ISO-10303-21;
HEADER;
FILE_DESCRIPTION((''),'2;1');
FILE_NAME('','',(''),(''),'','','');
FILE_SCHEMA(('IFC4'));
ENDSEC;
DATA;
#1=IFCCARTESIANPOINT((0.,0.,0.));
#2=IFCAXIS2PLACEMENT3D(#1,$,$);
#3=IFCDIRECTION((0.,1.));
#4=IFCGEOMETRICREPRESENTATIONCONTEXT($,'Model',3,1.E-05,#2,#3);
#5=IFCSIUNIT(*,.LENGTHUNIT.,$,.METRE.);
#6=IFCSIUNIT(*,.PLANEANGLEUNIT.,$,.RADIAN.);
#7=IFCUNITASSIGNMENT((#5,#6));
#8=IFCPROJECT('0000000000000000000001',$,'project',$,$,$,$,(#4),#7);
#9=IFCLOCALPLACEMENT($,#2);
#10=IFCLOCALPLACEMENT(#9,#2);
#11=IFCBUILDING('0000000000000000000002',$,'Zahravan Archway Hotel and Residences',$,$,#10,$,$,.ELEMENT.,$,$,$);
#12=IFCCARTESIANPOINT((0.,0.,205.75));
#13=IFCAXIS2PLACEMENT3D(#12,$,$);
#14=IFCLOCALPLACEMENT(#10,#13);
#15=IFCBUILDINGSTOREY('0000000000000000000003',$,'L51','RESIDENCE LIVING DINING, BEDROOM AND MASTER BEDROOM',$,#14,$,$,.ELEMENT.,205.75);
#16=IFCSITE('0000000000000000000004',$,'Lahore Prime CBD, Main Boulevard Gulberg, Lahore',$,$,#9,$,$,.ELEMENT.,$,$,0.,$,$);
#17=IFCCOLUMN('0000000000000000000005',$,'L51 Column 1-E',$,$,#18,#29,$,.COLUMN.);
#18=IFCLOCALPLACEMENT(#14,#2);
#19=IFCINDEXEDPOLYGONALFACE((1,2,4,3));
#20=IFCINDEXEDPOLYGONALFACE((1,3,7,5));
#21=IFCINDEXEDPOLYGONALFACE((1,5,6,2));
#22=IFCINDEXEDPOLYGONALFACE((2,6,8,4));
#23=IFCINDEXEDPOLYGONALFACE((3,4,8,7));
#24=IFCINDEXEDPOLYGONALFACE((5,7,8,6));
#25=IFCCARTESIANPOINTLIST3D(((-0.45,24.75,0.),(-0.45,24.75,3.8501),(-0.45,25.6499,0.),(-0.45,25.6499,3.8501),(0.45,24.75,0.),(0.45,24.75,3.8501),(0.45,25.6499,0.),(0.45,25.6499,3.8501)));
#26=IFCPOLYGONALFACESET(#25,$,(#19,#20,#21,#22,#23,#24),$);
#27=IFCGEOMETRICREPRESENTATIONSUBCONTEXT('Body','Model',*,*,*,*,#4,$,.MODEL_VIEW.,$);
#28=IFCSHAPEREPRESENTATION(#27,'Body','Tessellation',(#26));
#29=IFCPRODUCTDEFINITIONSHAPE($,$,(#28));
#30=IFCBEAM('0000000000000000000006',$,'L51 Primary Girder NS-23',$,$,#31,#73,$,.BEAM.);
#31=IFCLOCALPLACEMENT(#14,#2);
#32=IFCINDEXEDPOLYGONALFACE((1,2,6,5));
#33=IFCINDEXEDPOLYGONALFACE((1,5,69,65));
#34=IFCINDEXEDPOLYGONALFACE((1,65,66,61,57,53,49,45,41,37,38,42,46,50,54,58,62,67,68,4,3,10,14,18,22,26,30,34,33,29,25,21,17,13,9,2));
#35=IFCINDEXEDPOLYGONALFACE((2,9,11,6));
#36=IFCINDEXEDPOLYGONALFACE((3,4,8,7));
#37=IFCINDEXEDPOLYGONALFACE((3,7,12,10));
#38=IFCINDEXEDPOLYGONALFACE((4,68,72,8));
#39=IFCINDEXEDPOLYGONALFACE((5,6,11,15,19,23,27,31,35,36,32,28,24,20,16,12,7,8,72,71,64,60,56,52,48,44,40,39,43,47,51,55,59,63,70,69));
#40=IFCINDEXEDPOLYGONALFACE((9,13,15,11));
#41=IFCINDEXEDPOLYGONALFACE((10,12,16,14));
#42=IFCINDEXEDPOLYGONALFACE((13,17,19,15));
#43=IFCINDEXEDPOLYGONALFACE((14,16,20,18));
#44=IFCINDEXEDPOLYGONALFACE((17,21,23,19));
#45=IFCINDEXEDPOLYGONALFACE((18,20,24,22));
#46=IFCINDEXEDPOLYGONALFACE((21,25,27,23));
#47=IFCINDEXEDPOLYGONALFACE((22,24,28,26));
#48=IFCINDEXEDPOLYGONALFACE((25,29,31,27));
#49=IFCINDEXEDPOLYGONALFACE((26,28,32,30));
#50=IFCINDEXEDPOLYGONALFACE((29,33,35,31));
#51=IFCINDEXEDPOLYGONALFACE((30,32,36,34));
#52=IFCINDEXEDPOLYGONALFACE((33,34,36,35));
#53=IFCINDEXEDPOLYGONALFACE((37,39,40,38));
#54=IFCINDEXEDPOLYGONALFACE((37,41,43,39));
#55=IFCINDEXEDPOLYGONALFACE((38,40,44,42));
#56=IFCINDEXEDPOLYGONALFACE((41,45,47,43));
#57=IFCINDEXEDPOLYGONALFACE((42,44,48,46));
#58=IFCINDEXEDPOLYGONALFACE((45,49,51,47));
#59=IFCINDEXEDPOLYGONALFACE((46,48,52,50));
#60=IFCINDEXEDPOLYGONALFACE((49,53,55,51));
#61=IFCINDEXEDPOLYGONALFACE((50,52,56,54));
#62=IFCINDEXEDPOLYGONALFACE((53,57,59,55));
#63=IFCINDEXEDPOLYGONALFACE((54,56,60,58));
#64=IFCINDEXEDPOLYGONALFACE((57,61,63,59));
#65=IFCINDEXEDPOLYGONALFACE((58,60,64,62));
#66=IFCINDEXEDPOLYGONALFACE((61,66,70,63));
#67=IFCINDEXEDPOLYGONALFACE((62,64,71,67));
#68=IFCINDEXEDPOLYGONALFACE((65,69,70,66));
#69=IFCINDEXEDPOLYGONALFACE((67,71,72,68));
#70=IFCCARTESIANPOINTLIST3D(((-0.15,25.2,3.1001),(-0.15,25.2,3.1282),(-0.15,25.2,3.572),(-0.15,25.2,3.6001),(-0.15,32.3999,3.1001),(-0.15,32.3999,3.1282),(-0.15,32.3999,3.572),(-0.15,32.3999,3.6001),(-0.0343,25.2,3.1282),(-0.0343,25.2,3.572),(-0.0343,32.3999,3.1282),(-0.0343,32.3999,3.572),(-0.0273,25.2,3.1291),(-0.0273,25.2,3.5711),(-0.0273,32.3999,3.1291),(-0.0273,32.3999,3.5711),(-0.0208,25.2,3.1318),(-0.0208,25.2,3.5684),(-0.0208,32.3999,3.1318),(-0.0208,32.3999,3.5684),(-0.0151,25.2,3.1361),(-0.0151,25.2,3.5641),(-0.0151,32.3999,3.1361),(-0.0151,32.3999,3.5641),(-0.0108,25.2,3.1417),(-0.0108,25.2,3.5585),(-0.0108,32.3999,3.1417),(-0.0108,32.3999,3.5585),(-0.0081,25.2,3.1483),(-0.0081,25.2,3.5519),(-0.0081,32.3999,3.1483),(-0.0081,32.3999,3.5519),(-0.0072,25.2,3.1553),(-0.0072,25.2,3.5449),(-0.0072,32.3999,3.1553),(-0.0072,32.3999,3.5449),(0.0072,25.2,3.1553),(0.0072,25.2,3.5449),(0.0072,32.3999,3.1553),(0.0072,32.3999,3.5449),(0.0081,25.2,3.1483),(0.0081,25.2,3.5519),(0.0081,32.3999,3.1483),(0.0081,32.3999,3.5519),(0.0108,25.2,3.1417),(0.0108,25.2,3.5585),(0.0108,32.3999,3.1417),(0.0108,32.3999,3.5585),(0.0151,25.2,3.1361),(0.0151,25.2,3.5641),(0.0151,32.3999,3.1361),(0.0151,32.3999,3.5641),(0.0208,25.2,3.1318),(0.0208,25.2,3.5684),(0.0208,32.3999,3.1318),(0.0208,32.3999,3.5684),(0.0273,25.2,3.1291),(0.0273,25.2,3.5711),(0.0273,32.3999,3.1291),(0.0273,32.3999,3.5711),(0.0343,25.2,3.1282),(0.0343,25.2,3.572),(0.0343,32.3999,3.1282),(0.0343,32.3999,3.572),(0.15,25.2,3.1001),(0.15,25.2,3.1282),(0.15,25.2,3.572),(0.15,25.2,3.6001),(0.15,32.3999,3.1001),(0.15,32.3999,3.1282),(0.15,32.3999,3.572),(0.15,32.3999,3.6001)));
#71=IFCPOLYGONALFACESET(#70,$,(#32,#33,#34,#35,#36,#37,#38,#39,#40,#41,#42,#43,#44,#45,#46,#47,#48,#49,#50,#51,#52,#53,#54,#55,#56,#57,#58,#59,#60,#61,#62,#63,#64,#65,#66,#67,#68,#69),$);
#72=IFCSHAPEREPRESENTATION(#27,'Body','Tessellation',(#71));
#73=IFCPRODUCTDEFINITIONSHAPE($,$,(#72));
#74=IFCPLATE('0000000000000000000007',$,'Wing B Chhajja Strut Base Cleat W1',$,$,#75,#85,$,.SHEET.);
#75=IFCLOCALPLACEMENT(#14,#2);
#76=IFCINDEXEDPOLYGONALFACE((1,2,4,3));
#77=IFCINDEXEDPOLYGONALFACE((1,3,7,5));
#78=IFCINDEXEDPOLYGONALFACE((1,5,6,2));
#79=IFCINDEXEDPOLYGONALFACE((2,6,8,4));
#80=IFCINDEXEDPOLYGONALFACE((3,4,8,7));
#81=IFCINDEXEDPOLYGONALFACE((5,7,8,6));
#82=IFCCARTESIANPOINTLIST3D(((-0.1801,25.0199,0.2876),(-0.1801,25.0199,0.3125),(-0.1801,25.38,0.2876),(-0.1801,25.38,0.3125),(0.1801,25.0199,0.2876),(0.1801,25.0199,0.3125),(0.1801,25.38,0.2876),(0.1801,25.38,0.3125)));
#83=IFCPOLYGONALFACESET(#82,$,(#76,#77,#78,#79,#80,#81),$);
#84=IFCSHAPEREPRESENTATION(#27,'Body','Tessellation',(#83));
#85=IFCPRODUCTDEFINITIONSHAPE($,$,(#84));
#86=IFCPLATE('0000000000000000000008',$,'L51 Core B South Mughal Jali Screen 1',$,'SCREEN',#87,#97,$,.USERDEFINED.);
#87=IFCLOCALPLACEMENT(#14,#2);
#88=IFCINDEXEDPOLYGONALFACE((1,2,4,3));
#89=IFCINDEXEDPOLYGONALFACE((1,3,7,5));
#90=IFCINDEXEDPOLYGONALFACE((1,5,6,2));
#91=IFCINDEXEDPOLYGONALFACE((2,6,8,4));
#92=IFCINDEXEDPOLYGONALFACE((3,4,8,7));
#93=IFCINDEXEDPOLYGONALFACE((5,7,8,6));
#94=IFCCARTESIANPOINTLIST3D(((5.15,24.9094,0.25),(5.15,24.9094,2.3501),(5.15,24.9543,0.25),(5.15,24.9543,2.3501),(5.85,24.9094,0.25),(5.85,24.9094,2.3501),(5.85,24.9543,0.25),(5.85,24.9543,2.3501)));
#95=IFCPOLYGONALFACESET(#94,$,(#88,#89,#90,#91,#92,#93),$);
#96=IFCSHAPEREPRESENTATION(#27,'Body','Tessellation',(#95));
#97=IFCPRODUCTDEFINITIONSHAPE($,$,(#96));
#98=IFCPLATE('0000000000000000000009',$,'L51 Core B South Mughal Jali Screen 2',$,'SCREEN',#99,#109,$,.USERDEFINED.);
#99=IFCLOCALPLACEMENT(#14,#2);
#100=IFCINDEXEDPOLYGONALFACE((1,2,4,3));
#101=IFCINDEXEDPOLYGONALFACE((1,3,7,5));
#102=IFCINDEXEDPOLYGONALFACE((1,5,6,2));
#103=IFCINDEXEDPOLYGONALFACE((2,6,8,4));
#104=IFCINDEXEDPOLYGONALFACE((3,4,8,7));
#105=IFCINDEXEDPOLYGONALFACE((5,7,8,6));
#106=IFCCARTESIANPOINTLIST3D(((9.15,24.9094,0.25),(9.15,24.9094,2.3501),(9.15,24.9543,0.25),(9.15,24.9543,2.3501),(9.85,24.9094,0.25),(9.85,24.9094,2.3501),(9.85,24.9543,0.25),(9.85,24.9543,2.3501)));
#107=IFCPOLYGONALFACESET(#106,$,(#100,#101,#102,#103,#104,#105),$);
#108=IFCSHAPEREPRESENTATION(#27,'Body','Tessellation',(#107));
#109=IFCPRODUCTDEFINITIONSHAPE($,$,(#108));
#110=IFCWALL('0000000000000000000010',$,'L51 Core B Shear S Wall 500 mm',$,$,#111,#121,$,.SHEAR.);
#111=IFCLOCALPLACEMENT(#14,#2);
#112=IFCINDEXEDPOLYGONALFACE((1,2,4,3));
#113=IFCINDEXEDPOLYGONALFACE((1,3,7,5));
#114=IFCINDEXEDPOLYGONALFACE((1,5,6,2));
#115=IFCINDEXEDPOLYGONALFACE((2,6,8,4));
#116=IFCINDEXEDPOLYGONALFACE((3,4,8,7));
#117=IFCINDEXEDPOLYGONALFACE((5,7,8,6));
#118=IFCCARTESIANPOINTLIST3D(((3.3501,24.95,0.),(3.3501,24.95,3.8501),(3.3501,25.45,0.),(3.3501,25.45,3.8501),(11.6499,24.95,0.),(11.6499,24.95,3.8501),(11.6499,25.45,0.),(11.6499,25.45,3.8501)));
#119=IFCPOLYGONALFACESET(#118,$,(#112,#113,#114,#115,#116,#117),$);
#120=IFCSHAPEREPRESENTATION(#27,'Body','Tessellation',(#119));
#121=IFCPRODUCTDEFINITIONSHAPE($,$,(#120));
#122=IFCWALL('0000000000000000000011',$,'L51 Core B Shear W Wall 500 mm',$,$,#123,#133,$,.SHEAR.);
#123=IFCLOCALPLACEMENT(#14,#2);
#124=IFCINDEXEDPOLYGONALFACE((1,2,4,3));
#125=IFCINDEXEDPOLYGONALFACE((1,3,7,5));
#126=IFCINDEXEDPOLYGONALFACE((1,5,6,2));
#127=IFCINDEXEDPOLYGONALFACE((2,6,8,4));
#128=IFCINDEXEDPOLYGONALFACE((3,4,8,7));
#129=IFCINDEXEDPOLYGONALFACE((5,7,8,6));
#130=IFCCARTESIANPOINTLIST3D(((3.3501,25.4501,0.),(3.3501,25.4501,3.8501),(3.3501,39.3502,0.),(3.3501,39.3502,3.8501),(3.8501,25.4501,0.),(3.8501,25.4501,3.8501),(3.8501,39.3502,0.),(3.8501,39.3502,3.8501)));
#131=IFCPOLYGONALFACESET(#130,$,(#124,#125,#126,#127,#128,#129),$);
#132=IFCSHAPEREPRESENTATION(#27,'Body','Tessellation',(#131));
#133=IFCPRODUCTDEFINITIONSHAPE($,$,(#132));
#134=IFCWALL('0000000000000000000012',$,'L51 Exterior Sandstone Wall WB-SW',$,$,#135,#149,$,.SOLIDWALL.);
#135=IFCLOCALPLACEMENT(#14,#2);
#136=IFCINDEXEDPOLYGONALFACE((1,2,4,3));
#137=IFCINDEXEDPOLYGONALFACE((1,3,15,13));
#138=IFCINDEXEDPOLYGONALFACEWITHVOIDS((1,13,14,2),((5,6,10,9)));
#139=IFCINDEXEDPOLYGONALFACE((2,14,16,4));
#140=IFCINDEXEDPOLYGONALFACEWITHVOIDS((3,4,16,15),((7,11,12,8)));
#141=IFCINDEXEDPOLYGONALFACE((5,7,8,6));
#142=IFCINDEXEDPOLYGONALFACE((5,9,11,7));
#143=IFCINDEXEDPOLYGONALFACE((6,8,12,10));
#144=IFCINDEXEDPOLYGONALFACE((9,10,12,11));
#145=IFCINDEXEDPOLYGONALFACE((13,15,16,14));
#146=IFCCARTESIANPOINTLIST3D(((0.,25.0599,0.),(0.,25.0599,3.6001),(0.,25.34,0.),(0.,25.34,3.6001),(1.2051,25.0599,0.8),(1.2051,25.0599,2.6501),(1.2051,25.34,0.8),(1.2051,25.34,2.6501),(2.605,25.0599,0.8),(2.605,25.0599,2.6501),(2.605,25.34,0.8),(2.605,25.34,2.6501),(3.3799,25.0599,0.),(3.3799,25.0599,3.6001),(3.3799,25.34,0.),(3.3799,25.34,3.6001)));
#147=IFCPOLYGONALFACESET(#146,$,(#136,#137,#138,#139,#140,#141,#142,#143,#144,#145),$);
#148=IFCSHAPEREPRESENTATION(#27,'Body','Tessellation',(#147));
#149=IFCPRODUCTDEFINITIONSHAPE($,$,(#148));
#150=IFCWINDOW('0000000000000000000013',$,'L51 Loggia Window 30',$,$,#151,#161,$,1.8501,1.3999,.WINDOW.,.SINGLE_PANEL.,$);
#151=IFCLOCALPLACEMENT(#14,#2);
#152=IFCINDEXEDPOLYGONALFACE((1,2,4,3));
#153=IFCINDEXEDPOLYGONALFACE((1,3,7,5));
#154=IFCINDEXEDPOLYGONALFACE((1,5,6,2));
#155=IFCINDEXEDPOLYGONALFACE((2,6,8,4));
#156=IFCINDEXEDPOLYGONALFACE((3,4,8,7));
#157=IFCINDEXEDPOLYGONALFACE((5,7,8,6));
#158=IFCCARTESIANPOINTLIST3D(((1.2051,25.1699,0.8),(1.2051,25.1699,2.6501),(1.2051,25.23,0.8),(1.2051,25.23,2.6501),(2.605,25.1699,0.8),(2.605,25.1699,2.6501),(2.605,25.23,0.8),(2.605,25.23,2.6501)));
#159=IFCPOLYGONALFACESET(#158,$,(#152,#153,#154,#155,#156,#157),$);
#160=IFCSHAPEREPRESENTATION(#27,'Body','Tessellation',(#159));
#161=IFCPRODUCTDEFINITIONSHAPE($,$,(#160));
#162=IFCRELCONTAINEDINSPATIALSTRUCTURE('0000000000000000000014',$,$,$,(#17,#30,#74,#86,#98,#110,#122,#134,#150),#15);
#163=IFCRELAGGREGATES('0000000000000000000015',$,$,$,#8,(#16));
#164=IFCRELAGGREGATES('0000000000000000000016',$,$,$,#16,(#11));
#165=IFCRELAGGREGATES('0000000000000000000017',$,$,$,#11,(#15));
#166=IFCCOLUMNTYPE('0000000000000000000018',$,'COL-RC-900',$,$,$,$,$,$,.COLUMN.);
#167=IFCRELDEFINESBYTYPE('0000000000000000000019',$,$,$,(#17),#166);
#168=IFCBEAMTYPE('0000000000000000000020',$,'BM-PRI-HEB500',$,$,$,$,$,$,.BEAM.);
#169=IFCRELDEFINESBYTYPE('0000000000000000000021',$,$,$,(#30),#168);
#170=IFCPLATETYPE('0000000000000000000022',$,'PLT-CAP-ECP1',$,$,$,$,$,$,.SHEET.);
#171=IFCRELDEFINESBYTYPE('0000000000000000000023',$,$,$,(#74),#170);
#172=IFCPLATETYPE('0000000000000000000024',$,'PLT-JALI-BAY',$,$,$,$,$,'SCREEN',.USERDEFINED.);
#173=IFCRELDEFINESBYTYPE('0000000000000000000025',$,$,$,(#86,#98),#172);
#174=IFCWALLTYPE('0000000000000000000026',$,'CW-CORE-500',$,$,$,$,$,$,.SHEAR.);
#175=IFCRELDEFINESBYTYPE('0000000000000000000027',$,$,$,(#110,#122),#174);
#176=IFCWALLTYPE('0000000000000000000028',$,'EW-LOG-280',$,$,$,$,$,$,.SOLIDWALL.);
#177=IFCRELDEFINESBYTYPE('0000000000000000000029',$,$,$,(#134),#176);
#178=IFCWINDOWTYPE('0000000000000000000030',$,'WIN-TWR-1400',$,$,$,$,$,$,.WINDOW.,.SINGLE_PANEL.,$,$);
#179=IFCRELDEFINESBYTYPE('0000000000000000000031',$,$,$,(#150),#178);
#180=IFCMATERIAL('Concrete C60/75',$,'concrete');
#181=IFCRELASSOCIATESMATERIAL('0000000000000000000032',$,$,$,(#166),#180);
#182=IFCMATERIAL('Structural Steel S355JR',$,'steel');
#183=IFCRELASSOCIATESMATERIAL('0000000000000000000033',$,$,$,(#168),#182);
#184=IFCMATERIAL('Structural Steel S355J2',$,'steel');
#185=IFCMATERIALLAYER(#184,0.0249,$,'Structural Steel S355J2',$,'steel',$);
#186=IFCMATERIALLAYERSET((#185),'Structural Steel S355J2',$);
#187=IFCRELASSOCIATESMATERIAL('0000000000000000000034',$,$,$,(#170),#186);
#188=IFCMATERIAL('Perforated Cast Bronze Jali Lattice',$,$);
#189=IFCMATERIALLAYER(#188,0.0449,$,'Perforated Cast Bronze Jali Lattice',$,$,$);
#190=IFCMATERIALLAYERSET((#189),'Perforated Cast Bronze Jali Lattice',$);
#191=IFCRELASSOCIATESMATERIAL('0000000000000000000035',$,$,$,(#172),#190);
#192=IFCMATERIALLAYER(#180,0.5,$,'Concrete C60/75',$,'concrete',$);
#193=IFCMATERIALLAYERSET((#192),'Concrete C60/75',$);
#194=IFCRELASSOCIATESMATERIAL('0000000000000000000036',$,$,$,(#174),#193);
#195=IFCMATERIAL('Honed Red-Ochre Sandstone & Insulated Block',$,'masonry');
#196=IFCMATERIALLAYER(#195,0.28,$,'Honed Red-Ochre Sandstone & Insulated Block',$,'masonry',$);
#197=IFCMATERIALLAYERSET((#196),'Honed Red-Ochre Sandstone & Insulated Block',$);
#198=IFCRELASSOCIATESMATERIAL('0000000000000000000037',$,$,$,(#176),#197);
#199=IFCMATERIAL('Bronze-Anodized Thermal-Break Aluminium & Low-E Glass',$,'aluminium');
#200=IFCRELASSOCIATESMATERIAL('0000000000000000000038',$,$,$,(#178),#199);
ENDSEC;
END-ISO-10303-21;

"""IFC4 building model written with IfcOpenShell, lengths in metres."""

from ifc_helpers import new_model, si_unit, direction, frame, frame_2d, origin, origin_2d, place, context, subcontext, project, spatial, rectangle, i_section, extrude, source, transform, mapped, material, layer, layer_set, material_profile, profile_set, type_object, type_shapes, element, fill, save


model = new_model("IFC4")

# Units and contexts
model_context = context("Model", 3, precision=1e-05, world=origin(), true_north=direction((0.0, 1.0)))
body_context = subcontext(model_context, "Body", "Model", "MODEL_VIEW")
ifc_project = project(units=[si_unit("LENGTHUNIT", "METRE"), si_unit("PLANEANGLEUNIT", "RADIAN")], contexts=[model_context])

# Site, building, storey
site_placement = place(None, origin())
site = spatial("IfcSite", under=ifc_project, at=site_placement, Name="Lahore Prime CBD, Main Boulevard Gulberg, Lahore", CompositionType="ELEMENT", RefElevation=0.0)
building_placement = place(site_placement, origin())
building = spatial("IfcBuilding", under=site, at=building_placement, Name="Zahravan Archway Hotel and Residences", CompositionType="ELEMENT")
storey_placement = place(building_placement, frame((0.0, 0.0, 205.75)))
storey = spatial("IfcBuildingStorey", under=building, at=storey_placement, Name="L51", Description="RESIDENCE LIVING DINING, BEDROOM AND MASTER BEDROOM", CompositionType="ELEMENT", Elevation=205.75)

# Column
ifc_material_1 = material(Name="Concrete C60/75", Category="concrete")
ifc_material_profile_1 = material_profile(ifc_material_1, rectangle(XDim=0.8999, YDim=0.8999, at=origin_2d()), Name="RC-COL-900x900", Category="concrete")
ifc_profile_set_1 = profile_set([ifc_material_profile_1], Name="Concrete C60/75")
column_type = type_object("IfcColumnType", Name="COL-RC-900", PredefinedType="COLUMN", material=ifc_profile_set_1)
shared_shape_1 = source(origin(), body_context, "Body", "SweptSolid", [
    extrude(rectangle(XDim=0.8999, YDim=0.8999, at=origin_2d()), origin(), (0.0, 0.0, 1.0), 3.8501),
])
type_shapes(column_type, [shared_shape_1])
column_placement = place(storey_placement, frame((0.0, 25.2, 0.0), z_axis=(0.0, 0.0, 1.0), x_axis=(1.0, 0.0, 0.0)))
element("IfcColumn", 1, at=column_placement, inside=storey, type_object=column_type, Name="L51 Column 1-E", PredefinedType="COLUMN", context=body_context, shape_type="MappedRepresentation", body=[
    mapped(shared_shape_1, transform((0.0, 0.0, 0.0), scale=1.0)),
])

# Beam
ifc_material_2 = material(Name="Structural Steel S355JR", Category="steel")
ifc_material_profile_2 = material_profile(ifc_material_2, i_section(OverallWidth=0.3, OverallDepth=0.5, WebThickness=0.0144, FlangeThickness=0.0281, FilletRadius=0.0271, at=origin_2d()), Name="HEB 500", Category="steel")
ifc_profile_set_2 = profile_set([ifc_material_profile_2], Name="Structural Steel S355JR")
beam_type = type_object("IfcBeamType", Name="BM-PRI-HEB500", PredefinedType="BEAM", material=ifc_profile_set_2)
shared_shape_2 = source(origin(), body_context, "Body", "SweptSolid", [
    extrude(i_section(OverallWidth=0.3, OverallDepth=0.5, WebThickness=0.0144, FlangeThickness=0.0281, FilletRadius=0.0271, at=origin_2d()), origin(), (0.0, 0.0, 1.0), 7.2),
])
beam_placement = place(storey_placement, frame((0.0, 25.2, 3.3501), z_axis=(0.0, 1.0, 0.0), x_axis=(-1.0, 0.0, 0.0)))
element("IfcBeam", 2, at=beam_placement, inside=storey, type_object=beam_type, Name="L51 Primary Girder NS-23", PredefinedType="BEAM", context=body_context, shape_type="MappedRepresentation", body=[
    mapped(shared_shape_2, transform((0.0, 0.0, 0.0), scale=1.0)),
])

# Plates
ifc_material_3 = material(Name="Structural Steel S355J2", Category="steel")
ifc_layer_1 = layer(ifc_material_3, 0.0249, Name="Structural Steel S355J2", Category="steel")
ifc_layer_set_1 = layer_set([ifc_layer_1], Name="Structural Steel S355J2")
plate_type_1 = type_object("IfcPlateType", Name="PLT-CAP-ECP1", PredefinedType="SHEET", material=ifc_layer_set_1)
shared_shape_3 = source(origin(), body_context, "Body", "SweptSolid", [
    extrude(rectangle(XDim=0.3601, YDim=0.3601, at=origin_2d()), origin(), (0.0, 0.0, 1.0), 0.0249),
])
type_shapes(plate_type_1, [shared_shape_3])
plate_placement = place(storey_placement, frame((0.0, 25.2, 0.2876), z_axis=(0.0, 0.0, 1.0), x_axis=(1.0, 0.0, 0.0)))
element("IfcPlate", 3, at=plate_placement, inside=storey, type_object=plate_type_1, Name="Wing B Chhajja Strut Base Cleat W1", PredefinedType="SHEET", context=body_context, shape_type="MappedRepresentation", body=[
    mapped(shared_shape_3, transform((0.0, 0.0, 0.0), scale=1.0)),
])
ifc_material_4 = material(Name="Perforated Cast Bronze Jali Lattice")
ifc_layer_2 = layer(ifc_material_4, 0.0449, Name="Perforated Cast Bronze Jali Lattice")
ifc_layer_set_2 = layer_set([ifc_layer_2], Name="Perforated Cast Bronze Jali Lattice")
plate_type_2 = type_object("IfcPlateType", Name="PLT-JALI-BAY", ElementType="SCREEN", PredefinedType="USERDEFINED", material=ifc_layer_set_2)
shared_shape_4 = source(origin(), body_context, "Body", "SweptSolid", [
    extrude(rectangle(XDim=0.7, YDim=0.0449, at=origin_2d()), origin(), (0.0, 0.0, 1.0), 2.1001),
])
type_shapes(plate_type_2, [shared_shape_4])
for number, where, z_axis, x_axis, name in (
    (4, (5.5, 24.9319, 0.25), (0.0, 0.0, 1.0), (1.0, 0.0, 0.0), "L51 Core B South Mughal Jali Screen 1"),
    (5, (9.5, 24.9319, 0.25), (0.0, 0.0, 1.0), (1.0, 0.0, 0.0), "L51 Core B South Mughal Jali Screen 2"),
):
    element("IfcPlate", number, at=place(storey_placement, frame(where, z_axis=z_axis, x_axis=x_axis)), inside=storey, type_object=plate_type_2, Name=name, ObjectType="SCREEN", PredefinedType="USERDEFINED", context=body_context, shape_type="MappedRepresentation", body=[
        mapped(shared_shape_4, transform((0.0, 0.0, 0.0), scale=1.0)),
    ])

# Walls
ifc_layer_3 = layer(ifc_material_1, 0.5, Name="Concrete C60/75", Category="concrete")
ifc_layer_set_3 = layer_set([ifc_layer_3], Name="Concrete C60/75")
wall_type_1 = type_object("IfcWallType", Name="CW-CORE-500", PredefinedType="SHEAR", material=ifc_layer_set_3)
wall_1_placement = place(storey_placement, frame((3.3501, 25.2, 0.0), z_axis=(0.0, 0.0, 1.0), x_axis=(1.0, 0.0, 0.0)))
element("IfcWall", 6, at=wall_1_placement, inside=storey, type_object=wall_type_1, Name="L51 Core B Shear S Wall 500 mm", PredefinedType="SHEAR", context=body_context, shape_type="SweptSolid", body=[
    extrude(rectangle(XDim=8.2998, YDim=0.5, at=frame_2d((4.1499, 0.0))), origin(), (0.0, 0.0, 1.0), 3.8501),
])
wall_2_placement = place(storey_placement, frame((3.6001, 25.45, 0.0), z_axis=(0.0, 0.0, 1.0), x_axis=(0.0, 1.0, 0.0)))
element("IfcWall", 7, at=wall_2_placement, inside=storey, type_object=wall_type_1, Name="L51 Core B Shear W Wall 500 mm", PredefinedType="SHEAR", context=body_context, shape_type="SweptSolid", body=[
    extrude(rectangle(XDim=13.9001, YDim=0.5, at=frame_2d((6.9502, 0.0))), origin(), (0.0, 0.0, 1.0), 3.8501),
])

# Wall, opening, window
ifc_material_5 = material(Name="Honed Red-Ochre Sandstone & Insulated Block", Category="masonry")
ifc_layer_4 = layer(ifc_material_5, 0.28, Name="Honed Red-Ochre Sandstone & Insulated Block", Category="masonry")
ifc_layer_set_4 = layer_set([ifc_layer_4], Name="Honed Red-Ochre Sandstone & Insulated Block")
wall_type_2 = type_object("IfcWallType", Name="EW-LOG-280", PredefinedType="SOLIDWALL", material=ifc_layer_set_4)
wall_3_placement = place(storey_placement, frame((0.0, 25.2, 0.0), z_axis=(0.0, 0.0, 1.0), x_axis=(1.0, 0.0, 0.0)))
wall_3 = element("IfcWall", 8, at=wall_3_placement, inside=storey, type_object=wall_type_2, Name="L51 Exterior Sandstone Wall WB-SW", PredefinedType="SOLIDWALL", context=body_context, shape_type="SweptSolid", body=[
    extrude(rectangle(XDim=3.3799, YDim=0.28, at=frame_2d((1.6899, 0.0))), origin(), (0.0, 0.0, 1.0), 3.6001),
])
opening_1_placement = place(wall_3_placement, frame((1.2051, 0.0, 0.8)))
opening_1 = element("IfcOpeningElement", 9, at=opening_1_placement, cuts=wall_3, PredefinedType="OPENING", context=body_context, shape_type="SweptSolid", body=[
    extrude(rectangle(XDim=1.3999, YDim=1.8501, at=frame_2d((0.7, 0.925))), frame((0.0, 0.1499, 0.0), z_axis=(0.0, -1.0, 0.0), x_axis=(1.0, 0.0, 0.0)), (0.0, 0.0, 1.0), 0.3),
])
ifc_material_6 = material(Name="Bronze-Anodized Thermal-Break Aluminium & Low-E Glass", Category="aluminium")
window_type_1 = type_object("IfcWindowType", Name="WIN-TWR-1400", PartitioningType="SINGLE_PANEL", PredefinedType="WINDOW", material=ifc_material_6)
shared_shape_5 = source(origin(), body_context, "Body", "SweptSolid", [
    extrude(rectangle(XDim=1.3999, YDim=1.8501, at=frame_2d((0.7, 0.925))), frame((0.0, 0.03, 0.0), z_axis=(0.0, -1.0, 0.0), x_axis=(1.0, 0.0, 0.0)), (0.0, 0.0, 1.0), 0.0601),
])
type_shapes(window_type_1, [shared_shape_5])
window_1_placement = place(opening_1_placement, origin())
window_1 = element("IfcWindow", 10, at=window_1_placement, inside=storey, type_object=window_type_1, Name="L51 Loggia Window 30", OverallHeight=1.8501, OverallWidth=1.3999, PartitioningType="SINGLE_PANEL", PredefinedType="WINDOW", context=body_context, shape_type="MappedRepresentation", body=[
    mapped(shared_shape_5, transform((0.0, 0.0, 0.0), scale=1.0)),
])
fill(opening_1, window_1)

save(model, "model.ifc")
